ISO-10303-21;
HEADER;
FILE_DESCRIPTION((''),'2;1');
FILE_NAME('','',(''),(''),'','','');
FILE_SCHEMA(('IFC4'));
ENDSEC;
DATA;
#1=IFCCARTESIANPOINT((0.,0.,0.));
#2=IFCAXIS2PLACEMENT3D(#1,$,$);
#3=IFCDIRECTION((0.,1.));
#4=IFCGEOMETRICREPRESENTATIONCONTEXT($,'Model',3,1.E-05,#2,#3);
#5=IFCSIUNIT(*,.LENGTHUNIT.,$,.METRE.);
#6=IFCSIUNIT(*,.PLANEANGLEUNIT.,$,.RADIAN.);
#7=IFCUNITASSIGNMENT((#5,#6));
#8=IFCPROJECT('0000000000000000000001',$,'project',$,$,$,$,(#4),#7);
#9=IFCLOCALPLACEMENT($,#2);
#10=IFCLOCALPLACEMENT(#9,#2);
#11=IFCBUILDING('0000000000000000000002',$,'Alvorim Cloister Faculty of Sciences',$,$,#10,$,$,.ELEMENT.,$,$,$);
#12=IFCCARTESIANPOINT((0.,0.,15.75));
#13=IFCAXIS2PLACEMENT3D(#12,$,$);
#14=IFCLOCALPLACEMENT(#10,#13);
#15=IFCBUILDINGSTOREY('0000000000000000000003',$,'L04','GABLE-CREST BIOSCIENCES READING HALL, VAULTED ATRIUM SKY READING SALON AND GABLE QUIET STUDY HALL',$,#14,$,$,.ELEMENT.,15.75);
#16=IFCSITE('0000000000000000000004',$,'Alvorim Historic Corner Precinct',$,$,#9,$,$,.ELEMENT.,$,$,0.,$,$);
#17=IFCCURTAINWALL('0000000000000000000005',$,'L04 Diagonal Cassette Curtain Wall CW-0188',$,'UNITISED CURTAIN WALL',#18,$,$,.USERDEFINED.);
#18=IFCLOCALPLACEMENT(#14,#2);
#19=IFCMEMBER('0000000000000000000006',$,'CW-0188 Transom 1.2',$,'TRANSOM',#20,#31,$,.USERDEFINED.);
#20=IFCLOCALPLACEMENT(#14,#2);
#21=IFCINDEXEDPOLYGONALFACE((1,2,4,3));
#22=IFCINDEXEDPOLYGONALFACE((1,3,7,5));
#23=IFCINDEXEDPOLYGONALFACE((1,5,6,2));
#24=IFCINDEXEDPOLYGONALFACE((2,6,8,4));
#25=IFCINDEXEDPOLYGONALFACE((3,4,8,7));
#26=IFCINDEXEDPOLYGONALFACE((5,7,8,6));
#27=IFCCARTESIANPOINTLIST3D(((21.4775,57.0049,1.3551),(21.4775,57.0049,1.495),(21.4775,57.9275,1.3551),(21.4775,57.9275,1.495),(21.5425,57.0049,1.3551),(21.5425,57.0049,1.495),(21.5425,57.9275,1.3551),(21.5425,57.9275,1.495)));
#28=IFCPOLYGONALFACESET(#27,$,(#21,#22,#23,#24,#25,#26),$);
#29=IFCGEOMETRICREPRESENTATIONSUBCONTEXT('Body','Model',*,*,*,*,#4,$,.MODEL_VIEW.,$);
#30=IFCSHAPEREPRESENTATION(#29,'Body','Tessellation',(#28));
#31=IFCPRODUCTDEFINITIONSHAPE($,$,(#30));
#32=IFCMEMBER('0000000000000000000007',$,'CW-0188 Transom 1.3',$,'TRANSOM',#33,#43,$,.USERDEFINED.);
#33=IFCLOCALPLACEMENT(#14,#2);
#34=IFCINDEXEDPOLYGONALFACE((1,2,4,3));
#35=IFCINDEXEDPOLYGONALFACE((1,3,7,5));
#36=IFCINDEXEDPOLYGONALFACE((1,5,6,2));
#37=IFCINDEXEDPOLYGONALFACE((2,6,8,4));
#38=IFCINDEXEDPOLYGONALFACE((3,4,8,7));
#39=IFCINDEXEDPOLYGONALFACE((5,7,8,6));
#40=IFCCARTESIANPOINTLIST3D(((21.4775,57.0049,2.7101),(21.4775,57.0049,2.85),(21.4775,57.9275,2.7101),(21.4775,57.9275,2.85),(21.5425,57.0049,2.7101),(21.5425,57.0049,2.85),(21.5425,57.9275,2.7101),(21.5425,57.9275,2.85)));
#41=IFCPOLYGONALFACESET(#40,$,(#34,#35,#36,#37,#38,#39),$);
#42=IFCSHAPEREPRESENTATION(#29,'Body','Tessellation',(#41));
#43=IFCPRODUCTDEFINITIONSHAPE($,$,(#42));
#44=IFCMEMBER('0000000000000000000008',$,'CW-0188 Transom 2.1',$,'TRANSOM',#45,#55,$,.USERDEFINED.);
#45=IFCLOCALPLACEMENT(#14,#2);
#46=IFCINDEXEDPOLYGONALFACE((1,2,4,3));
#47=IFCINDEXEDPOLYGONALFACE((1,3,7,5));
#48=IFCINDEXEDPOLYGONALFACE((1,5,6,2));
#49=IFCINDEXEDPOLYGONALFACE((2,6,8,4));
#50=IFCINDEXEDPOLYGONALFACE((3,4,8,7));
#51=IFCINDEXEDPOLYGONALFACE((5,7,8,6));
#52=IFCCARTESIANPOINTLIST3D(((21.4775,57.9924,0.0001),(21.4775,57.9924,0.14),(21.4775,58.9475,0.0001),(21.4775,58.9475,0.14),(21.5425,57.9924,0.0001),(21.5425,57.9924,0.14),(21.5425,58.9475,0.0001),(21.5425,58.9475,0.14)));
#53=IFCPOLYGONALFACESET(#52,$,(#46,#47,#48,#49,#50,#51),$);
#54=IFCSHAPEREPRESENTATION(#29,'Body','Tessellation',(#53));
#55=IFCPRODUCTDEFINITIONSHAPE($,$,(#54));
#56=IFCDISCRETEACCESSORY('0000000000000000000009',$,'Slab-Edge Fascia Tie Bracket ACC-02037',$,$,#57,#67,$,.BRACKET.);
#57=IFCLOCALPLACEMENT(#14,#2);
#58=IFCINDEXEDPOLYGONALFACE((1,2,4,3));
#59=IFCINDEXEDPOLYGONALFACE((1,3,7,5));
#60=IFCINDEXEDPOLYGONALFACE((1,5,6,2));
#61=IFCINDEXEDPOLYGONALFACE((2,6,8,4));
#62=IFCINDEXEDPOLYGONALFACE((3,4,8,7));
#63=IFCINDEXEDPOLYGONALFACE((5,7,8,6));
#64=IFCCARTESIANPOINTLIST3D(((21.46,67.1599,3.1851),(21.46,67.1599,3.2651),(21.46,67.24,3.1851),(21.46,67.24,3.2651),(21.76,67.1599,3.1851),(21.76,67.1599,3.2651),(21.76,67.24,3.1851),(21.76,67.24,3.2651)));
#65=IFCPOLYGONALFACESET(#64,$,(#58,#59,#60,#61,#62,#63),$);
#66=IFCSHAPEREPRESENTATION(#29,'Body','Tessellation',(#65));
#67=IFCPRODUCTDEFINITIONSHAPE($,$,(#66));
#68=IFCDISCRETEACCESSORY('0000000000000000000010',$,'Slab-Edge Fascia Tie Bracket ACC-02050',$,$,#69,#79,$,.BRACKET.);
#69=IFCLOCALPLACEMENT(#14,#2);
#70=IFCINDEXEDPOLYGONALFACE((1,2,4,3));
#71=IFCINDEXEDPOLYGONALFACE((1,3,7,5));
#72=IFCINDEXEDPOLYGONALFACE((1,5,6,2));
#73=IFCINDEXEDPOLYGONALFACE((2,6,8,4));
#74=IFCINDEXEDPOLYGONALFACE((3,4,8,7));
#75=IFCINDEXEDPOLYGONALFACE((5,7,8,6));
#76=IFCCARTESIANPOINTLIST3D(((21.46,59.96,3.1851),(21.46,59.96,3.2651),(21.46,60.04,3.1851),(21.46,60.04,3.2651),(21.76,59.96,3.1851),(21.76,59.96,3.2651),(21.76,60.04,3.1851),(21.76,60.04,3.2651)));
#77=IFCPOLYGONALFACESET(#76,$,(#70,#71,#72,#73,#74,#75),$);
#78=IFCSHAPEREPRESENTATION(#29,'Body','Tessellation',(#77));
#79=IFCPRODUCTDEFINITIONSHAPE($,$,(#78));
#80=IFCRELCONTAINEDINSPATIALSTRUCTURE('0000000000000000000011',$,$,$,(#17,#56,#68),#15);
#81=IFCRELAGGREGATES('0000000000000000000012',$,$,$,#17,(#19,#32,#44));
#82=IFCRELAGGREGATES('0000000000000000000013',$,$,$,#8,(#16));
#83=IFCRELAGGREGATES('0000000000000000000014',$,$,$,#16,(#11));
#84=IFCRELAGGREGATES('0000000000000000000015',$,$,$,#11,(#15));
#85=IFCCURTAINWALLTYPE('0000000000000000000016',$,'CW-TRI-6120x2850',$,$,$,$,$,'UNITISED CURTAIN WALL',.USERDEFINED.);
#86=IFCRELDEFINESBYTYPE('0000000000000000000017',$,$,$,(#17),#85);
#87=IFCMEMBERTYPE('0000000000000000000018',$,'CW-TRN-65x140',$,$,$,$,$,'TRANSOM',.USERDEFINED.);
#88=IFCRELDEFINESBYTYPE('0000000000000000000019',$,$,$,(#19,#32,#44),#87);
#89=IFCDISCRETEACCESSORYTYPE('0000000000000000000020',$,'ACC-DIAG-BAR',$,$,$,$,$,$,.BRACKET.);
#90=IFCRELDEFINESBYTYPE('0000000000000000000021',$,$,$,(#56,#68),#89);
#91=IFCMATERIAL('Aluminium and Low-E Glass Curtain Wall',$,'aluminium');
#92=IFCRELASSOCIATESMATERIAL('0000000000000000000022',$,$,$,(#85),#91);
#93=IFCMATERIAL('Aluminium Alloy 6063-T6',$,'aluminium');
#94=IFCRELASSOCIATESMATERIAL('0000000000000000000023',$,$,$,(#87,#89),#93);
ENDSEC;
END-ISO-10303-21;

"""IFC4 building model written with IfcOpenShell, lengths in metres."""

from ifc_helpers import new_model, si_unit, direction, frame, origin, origin_2d, place, context, subcontext, project, spatial, rectangle, extrude, material, material_profile, profile_set, type_object, element, aggregate, save


model = new_model("IFC4")

# Units and contexts
model_context = context("Model", 3, precision=1e-05, world=origin(), true_north=direction((0.0, 1.0)))
body_context = subcontext(model_context, "Body", "Model", "MODEL_VIEW")
ifc_project = project(units=[si_unit("LENGTHUNIT", "METRE"), si_unit("PLANEANGLEUNIT", "RADIAN")], contexts=[model_context])

# Site, building, storey
site_placement = place(None, origin())
site = spatial("IfcSite", under=ifc_project, at=site_placement, Name="Alvorim Historic Corner Precinct", CompositionType="ELEMENT", RefElevation=0.0)
building_placement = place(site_placement, origin())
building = spatial("IfcBuilding", under=site, at=building_placement, Name="Alvorim Cloister Faculty of Sciences", CompositionType="ELEMENT")
storey_placement = place(building_placement, frame((0.0, 0.0, 15.75)))
storey = spatial("IfcBuildingStorey", under=building, at=storey_placement, Name="L04", Description="GABLE-CREST BIOSCIENCES READING HALL, VAULTED ATRIUM SKY READING SALON AND GABLE QUIET STUDY HALL", CompositionType="ELEMENT", Elevation=15.75)

# Curtain wall, members
ifc_material_1 = material(Name="Aluminium and Low-E Glass Curtain Wall", Category="aluminium")
curtain_wall_type = type_object("IfcCurtainWallType", Name="CW-TRI-6120x2850", ElementType="UNITISED CURTAIN WALL", PredefinedType="USERDEFINED", material=ifc_material_1)
curtain_wall_placement = place(storey_placement, origin())
curtain_wall = element("IfcCurtainWall", 1, at=curtain_wall_placement, inside=storey, type_object=curtain_wall_type, Name="L04 Diagonal Cassette Curtain Wall CW-0188", ObjectType="UNITISED CURTAIN WALL", PredefinedType="USERDEFINED")
ifc_material_2 = material(Name="Aluminium Alloy 6063-T6", Category="aluminium")
ifc_material_profile_1 = material_profile(ifc_material_2, rectangle(XDim=0.0649, YDim=0.1399, at=origin_2d()), Name="ALU-TRN-65x140")
ifc_profile_set_1 = profile_set([ifc_material_profile_1], Name="Aluminium Alloy 6063-T6")
member_type_1 = type_object("IfcMemberType", Name="CW-TRN-65x140", ElementType="TRANSOM", PredefinedType="USERDEFINED", material=ifc_profile_set_1)
member_1_placement = place(storey_placement, frame((21.51, 57.0049, 1.425), z_axis=(0.0, 1.0, 0.0), x_axis=(-1.0, 0.0, 0.0)))
member_1 = element("IfcMember", 2, at=member_1_placement, type_object=member_type_1, Name="CW-0188 Transom 1.2", ObjectType="TRANSOM", PredefinedType="USERDEFINED", context=body_context, shape_type="SweptSolid", body=[
    extrude(rectangle(XDim=0.0649, YDim=0.1399, at=origin_2d()), origin(), (0.0, 0.0, 1.0), 0.9226),
])
member_2_placement = place(storey_placement, frame((21.51, 57.0049, 2.78), z_axis=(0.0, 1.0, 0.0), x_axis=(-1.0, 0.0, 0.0)))
member_2 = element("IfcMember", 3, at=member_2_placement, type_object=member_type_1, Name="CW-0188 Transom 1.3", ObjectType="TRANSOM", PredefinedType="USERDEFINED", context=body_context, shape_type="SweptSolid", body=[
    extrude(rectangle(XDim=0.0649, YDim=0.1399, at=origin_2d()), origin(), (0.0, 0.0, 1.0), 0.9226),
])
member_3_placement = place(storey_placement, frame((21.51, 57.9924, 0.0701), z_axis=(0.0, 1.0, 0.0), x_axis=(-1.0, 0.0, 0.0)))
member_3 = element("IfcMember", 4, at=member_3_placement, type_object=member_type_1, Name="CW-0188 Transom 2.1", ObjectType="TRANSOM", PredefinedType="USERDEFINED", context=body_context, shape_type="SweptSolid", body=[
    extrude(rectangle(XDim=0.0649, YDim=0.1399, at=origin_2d()), origin(), (0.0, 0.0, 1.0), 0.9551),
])
aggregate(curtain_wall, [member_1, member_2, member_3])

# Discrete accessories
discrete_accessory_type = type_object("IfcDiscreteAccessoryType", Name="ACC-DIAG-BAR", PredefinedType="BRACKET", material=ifc_material_2)
for number, where, z_axis, x_axis, name in (
    (5, (21.46, 67.2, 3.2251), (1.0, 0.0, 0.0), (0.0, 1.0, 0.0), "Slab-Edge Fascia Tie Bracket ACC-02037"),
    (6, (21.46, 60.0, 3.2251), (1.0, 0.0, 0.0), (0.0, 1.0, 0.0), "Slab-Edge Fascia Tie Bracket ACC-02050"),
):
    element("IfcDiscreteAccessory", number, at=place(storey_placement, frame(where, z_axis=z_axis, x_axis=x_axis)), inside=storey, type_object=discrete_accessory_type, Name=name, PredefinedType="BRACKET", context=body_context, shape_type="SweptSolid", body=[
        extrude(rectangle(XDim=0.0801, YDim=0.0801, at=origin_2d()), origin(), (0.0, 0.0, 1.0), 0.3),
    ])

save(model, "model.ifc")
